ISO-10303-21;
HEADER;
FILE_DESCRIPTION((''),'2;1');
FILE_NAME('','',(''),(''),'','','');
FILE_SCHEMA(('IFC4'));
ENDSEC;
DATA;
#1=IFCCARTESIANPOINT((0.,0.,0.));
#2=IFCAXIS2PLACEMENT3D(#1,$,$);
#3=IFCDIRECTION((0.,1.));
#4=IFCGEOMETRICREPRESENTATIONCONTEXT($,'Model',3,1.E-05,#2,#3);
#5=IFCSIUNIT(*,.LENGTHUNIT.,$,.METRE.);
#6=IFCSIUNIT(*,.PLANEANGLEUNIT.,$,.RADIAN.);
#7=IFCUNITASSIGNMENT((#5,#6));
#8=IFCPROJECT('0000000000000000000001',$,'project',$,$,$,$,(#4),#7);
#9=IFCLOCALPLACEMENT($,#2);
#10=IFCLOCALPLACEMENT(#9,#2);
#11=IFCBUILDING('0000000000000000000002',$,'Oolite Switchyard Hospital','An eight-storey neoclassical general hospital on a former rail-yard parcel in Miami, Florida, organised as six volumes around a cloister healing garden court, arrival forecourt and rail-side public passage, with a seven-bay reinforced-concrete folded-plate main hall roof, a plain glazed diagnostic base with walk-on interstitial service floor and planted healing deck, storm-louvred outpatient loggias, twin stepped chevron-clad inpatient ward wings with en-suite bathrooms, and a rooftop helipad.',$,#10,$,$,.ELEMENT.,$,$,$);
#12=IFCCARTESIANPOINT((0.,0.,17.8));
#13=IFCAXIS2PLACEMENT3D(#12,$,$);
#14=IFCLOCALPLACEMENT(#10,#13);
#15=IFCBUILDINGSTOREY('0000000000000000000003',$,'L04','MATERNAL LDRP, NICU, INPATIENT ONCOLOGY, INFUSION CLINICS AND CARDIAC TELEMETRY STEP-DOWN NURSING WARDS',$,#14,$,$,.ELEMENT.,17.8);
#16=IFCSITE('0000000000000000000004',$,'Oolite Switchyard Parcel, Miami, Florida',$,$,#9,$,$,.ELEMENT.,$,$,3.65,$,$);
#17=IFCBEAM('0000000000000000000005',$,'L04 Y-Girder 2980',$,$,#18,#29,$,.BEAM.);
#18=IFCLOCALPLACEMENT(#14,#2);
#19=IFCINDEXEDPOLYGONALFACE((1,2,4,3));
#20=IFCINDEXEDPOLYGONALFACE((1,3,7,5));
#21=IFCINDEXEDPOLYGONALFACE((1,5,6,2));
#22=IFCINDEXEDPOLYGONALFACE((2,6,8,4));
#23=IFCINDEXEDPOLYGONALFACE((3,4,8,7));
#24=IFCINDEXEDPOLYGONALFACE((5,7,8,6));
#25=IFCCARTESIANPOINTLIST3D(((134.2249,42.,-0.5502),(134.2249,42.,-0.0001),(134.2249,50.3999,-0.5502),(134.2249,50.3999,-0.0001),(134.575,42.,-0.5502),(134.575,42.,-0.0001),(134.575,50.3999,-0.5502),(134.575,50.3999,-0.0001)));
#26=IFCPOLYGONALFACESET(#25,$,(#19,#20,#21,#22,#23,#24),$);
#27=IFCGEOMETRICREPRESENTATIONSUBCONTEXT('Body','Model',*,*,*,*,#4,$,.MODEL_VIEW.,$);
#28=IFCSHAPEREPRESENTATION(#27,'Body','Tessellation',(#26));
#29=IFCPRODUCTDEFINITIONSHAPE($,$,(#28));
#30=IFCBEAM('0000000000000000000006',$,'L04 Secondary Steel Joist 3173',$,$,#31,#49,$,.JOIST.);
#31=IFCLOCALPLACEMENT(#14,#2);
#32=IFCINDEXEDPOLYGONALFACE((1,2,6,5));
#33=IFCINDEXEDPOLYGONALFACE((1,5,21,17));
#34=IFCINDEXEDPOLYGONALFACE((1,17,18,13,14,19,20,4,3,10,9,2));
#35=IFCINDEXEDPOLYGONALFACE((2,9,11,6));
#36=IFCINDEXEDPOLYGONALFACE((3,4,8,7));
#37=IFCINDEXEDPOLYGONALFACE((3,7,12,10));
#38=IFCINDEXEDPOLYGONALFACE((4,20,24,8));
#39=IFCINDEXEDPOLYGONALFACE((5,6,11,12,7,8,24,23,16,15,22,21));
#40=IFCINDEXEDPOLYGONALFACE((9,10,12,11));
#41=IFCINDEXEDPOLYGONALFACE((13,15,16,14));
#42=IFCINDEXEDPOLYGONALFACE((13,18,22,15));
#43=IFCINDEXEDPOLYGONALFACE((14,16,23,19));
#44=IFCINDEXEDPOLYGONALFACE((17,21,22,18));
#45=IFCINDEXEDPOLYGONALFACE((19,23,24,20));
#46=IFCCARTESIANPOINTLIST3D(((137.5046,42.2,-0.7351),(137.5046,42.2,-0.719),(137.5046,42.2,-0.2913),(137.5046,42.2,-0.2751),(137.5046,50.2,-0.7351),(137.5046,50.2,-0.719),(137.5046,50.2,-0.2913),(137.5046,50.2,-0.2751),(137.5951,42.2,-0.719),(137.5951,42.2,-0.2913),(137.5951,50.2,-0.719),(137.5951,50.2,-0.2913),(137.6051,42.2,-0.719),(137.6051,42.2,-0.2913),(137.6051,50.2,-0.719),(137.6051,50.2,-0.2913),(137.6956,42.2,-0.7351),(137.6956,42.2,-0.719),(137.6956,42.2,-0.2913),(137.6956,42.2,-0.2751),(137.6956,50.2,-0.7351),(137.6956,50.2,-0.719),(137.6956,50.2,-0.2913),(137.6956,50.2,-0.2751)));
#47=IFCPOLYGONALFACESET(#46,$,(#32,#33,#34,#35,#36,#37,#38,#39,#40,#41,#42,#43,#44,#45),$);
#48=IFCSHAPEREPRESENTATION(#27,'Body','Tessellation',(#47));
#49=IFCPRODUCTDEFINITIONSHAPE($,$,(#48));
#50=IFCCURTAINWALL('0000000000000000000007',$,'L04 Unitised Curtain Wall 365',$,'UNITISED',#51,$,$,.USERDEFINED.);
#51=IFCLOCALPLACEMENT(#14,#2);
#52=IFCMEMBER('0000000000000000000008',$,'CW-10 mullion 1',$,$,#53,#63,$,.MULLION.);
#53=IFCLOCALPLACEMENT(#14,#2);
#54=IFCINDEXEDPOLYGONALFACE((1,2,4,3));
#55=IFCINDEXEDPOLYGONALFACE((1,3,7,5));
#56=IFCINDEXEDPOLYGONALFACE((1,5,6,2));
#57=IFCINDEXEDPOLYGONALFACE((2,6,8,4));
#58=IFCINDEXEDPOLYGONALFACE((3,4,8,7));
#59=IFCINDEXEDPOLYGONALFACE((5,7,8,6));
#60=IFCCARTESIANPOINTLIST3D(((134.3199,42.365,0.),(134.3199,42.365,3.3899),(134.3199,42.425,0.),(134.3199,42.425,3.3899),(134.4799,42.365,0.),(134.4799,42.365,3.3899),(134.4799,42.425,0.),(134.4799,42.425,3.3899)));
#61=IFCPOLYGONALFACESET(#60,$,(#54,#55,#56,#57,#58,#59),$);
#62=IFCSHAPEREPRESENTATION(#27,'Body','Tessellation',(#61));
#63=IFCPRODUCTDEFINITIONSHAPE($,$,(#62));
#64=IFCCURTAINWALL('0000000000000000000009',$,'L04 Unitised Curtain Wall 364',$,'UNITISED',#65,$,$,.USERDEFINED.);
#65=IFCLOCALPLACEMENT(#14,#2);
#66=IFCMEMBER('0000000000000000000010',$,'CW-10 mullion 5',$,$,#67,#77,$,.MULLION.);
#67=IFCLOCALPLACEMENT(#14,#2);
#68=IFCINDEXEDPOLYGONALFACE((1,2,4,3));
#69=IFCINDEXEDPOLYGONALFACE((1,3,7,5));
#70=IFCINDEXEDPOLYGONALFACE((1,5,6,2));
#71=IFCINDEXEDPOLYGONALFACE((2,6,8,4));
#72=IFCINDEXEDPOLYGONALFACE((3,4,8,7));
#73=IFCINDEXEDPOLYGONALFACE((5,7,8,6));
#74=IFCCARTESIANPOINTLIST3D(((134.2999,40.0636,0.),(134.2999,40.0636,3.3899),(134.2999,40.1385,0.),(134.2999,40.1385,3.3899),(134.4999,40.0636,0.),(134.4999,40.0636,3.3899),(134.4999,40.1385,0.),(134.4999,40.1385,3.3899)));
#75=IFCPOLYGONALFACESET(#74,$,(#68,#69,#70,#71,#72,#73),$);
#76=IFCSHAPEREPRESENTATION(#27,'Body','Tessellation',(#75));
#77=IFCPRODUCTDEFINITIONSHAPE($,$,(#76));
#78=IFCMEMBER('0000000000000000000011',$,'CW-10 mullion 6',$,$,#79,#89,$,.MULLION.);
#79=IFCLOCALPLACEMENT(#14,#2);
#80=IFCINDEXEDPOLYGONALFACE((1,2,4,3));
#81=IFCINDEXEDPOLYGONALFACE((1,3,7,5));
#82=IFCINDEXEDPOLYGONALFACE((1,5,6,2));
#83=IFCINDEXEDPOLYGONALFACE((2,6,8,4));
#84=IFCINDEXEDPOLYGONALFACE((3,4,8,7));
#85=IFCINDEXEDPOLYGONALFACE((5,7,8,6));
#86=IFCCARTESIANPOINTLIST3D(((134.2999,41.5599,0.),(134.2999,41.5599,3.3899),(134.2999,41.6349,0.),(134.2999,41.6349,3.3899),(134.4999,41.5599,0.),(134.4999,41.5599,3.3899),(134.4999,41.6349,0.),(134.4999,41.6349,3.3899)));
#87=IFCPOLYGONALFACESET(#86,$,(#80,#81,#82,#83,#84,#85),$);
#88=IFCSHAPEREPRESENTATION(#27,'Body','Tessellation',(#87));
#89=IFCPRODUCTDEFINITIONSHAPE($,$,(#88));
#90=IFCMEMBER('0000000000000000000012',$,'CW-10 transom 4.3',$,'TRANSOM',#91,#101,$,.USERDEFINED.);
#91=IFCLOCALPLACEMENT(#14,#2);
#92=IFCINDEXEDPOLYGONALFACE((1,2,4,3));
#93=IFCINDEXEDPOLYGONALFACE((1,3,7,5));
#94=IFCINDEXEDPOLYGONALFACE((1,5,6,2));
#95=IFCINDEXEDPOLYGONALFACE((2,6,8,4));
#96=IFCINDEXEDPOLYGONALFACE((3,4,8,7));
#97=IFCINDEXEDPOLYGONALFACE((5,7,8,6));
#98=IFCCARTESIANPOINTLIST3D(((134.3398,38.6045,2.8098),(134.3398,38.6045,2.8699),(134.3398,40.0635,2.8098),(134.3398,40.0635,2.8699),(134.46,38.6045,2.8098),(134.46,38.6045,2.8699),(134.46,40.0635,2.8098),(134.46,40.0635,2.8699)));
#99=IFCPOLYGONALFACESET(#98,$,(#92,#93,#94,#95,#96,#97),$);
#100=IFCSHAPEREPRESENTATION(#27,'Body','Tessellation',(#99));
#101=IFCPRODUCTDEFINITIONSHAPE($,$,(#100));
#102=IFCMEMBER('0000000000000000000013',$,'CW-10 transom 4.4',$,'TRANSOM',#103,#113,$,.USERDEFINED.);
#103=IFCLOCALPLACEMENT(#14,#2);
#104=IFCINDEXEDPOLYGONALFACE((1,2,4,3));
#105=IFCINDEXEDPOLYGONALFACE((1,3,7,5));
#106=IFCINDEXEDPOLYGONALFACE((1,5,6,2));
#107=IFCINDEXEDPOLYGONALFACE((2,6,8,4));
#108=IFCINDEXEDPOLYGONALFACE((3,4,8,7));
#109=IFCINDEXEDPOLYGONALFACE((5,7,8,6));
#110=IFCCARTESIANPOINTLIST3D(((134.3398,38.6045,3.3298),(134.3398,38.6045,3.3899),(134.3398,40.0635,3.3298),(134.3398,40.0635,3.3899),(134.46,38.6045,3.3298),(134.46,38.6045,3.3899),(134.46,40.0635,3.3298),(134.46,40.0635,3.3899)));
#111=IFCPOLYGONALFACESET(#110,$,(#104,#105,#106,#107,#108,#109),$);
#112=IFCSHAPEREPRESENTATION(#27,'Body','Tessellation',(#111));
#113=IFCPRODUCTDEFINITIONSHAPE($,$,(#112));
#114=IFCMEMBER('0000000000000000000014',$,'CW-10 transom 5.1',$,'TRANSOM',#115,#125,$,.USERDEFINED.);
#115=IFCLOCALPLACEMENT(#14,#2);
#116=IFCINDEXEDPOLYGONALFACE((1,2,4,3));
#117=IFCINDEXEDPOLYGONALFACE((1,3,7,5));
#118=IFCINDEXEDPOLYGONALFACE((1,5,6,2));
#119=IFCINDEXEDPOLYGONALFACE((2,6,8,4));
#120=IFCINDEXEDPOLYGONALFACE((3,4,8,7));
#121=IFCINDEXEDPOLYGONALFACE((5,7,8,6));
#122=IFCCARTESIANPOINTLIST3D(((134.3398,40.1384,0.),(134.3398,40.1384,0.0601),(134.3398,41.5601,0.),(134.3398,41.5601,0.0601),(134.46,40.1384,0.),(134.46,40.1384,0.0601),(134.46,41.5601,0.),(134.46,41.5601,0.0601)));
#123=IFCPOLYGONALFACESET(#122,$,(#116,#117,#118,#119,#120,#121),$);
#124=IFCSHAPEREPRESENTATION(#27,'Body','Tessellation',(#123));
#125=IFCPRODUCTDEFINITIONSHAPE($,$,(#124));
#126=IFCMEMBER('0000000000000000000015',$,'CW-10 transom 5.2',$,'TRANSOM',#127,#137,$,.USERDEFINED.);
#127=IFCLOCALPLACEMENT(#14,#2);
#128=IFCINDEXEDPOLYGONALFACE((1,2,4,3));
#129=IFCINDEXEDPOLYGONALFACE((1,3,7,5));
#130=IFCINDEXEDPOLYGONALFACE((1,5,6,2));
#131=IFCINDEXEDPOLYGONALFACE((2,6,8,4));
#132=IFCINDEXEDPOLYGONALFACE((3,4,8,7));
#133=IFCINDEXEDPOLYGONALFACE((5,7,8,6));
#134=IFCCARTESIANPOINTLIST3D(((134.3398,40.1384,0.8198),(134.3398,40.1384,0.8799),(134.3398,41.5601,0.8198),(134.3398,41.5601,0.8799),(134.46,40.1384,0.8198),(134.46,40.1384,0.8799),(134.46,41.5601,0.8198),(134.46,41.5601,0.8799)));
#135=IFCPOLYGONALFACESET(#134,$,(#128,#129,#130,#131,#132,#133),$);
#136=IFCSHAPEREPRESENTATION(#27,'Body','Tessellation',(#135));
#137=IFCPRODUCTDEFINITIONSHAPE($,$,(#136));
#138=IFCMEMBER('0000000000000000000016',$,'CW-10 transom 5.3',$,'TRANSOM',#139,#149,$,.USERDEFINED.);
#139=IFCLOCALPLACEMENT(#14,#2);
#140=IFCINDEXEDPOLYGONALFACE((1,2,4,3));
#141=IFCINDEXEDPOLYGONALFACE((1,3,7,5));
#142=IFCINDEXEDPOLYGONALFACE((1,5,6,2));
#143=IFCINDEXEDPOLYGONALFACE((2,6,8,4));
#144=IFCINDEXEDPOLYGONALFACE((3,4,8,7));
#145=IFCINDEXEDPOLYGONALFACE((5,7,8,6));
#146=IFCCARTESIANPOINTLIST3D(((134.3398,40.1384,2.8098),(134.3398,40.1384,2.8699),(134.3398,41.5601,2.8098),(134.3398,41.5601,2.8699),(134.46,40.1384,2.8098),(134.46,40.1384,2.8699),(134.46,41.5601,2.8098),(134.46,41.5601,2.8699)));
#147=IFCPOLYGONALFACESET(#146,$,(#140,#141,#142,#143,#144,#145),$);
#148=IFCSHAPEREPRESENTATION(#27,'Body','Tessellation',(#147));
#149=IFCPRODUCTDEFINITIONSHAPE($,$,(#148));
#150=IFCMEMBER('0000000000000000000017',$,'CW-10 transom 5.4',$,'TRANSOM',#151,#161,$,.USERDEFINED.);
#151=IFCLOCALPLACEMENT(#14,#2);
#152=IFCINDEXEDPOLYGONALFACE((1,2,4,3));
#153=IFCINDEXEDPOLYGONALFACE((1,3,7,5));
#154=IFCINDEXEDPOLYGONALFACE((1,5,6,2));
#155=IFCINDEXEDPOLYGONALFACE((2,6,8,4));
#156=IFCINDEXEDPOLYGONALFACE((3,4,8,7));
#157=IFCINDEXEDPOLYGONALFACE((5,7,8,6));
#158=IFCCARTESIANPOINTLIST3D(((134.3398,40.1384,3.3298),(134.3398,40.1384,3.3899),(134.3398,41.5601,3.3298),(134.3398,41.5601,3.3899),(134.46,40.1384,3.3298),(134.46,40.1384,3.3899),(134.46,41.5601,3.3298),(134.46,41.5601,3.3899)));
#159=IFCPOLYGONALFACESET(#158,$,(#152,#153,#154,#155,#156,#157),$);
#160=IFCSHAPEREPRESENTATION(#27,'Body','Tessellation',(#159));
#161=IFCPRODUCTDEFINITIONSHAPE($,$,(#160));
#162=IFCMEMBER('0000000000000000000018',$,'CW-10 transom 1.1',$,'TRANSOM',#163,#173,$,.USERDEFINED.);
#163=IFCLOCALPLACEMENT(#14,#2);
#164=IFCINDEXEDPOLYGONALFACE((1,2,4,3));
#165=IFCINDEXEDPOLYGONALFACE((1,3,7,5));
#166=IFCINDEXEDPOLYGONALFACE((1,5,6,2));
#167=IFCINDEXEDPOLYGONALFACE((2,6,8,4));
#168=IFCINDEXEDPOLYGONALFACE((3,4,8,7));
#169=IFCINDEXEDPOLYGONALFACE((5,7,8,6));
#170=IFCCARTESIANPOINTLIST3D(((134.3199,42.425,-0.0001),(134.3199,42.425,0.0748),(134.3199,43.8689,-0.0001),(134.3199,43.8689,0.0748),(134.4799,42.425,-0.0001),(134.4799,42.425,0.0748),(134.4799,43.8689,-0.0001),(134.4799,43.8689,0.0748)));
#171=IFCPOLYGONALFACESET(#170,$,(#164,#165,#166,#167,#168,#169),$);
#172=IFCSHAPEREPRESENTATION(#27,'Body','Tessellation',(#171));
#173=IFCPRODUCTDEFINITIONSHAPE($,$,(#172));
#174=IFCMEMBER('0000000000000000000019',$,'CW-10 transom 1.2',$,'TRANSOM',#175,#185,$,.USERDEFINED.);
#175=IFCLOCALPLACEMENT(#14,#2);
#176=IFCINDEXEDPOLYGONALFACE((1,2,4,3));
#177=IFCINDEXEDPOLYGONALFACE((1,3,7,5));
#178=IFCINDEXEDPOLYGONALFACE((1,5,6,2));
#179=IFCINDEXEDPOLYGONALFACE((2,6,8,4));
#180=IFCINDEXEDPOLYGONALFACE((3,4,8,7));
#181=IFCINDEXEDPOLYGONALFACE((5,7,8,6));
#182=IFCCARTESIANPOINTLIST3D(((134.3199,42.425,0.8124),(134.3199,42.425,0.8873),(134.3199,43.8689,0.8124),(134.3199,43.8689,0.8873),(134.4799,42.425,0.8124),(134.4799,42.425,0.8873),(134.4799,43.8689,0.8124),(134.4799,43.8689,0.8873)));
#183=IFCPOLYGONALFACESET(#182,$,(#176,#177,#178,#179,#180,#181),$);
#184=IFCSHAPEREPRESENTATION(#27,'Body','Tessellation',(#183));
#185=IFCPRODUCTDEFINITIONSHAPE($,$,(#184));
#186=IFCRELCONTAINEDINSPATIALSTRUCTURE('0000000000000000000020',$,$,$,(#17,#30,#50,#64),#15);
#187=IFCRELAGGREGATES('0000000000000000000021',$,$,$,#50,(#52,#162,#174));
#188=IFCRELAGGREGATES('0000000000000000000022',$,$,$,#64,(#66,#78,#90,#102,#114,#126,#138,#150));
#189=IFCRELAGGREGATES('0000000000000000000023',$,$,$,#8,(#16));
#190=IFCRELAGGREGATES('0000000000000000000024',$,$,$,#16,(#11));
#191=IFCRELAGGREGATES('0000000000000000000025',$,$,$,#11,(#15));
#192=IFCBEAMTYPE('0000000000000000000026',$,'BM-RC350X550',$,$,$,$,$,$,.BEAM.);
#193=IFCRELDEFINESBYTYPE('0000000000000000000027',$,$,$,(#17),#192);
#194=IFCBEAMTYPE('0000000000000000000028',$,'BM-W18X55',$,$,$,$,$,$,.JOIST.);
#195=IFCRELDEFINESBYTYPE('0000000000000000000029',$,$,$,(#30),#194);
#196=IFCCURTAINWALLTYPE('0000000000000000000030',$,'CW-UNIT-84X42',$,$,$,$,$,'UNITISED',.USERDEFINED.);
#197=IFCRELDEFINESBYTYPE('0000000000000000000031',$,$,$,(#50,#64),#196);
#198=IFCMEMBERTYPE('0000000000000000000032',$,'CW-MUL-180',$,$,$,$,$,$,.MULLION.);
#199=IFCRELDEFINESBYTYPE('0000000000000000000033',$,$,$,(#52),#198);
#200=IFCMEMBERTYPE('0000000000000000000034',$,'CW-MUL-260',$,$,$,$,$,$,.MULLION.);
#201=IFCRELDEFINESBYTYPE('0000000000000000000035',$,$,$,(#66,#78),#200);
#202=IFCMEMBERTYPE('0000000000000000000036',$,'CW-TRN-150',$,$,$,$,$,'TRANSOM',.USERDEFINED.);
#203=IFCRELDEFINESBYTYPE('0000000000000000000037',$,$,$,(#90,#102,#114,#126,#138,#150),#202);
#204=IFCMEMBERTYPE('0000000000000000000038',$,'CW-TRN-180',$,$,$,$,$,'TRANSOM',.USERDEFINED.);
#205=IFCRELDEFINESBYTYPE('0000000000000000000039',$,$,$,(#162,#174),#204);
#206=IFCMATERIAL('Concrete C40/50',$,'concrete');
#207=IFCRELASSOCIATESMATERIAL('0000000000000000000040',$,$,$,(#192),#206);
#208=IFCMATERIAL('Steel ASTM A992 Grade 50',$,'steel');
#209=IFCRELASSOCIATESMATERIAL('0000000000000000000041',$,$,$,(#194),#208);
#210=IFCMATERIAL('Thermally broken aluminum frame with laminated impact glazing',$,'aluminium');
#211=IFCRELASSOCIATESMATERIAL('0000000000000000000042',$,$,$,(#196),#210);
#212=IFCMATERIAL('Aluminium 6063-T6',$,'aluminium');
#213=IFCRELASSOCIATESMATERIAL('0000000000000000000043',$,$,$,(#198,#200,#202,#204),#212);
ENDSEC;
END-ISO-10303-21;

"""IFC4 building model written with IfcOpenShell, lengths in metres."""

from ifc_helpers import new_model, si_unit, direction, frame, origin, origin_2d, place, context, subcontext, project, spatial, rectangle, i_section, extrude, material, material_profile, profile_set, type_object, element, aggregate, save


model = new_model("IFC4")

# Units and contexts
model_context = context("Model", 3, precision=1e-05, world=origin(), true_north=direction((0.0, 1.0)))
body_context = subcontext(model_context, "Body", "Model", "MODEL_VIEW")
ifc_project = project(units=[si_unit("LENGTHUNIT", "METRE"), si_unit("PLANEANGLEUNIT", "RADIAN")], contexts=[model_context])

# Site, building, storey
site_placement = place(None, origin())
site = spatial("IfcSite", under=ifc_project, at=site_placement, Name="Oolite Switchyard Parcel, Miami, Florida", CompositionType="ELEMENT", RefElevation=3.65)
building_placement = place(site_placement, origin())
building = spatial("IfcBuilding", under=site, at=building_placement, Name="Oolite Switchyard Hospital", Description="An eight-storey neoclassical general hospital on a former rail-yard parcel in Miami, Florida, organised as six volumes around a cloister healing garden court, arrival forecourt and rail-side public passage, with a seven-bay reinforced-concrete folded-plate main hall roof, a plain glazed diagnostic base with walk-on interstitial service floor and planted healing deck, storm-louvred outpatient loggias, twin stepped chevron-clad inpatient ward wings with en-suite bathrooms, and a rooftop helipad.", CompositionType="ELEMENT")
storey_placement = place(building_placement, frame((0.0, 0.0, 17.8)))
storey = spatial("IfcBuildingStorey", under=building, at=storey_placement, Name="L04", Description="MATERNAL LDRP, NICU, INPATIENT ONCOLOGY, INFUSION CLINICS AND CARDIAC TELEMETRY STEP-DOWN NURSING WARDS", CompositionType="ELEMENT", Elevation=17.8)

# Beams
ifc_material_1 = material(Name="Concrete C40/50", Category="concrete")
ifc_material_profile_1 = material_profile(ifc_material_1, rectangle(XDim=0.3501, YDim=0.55, at=origin_2d()), Name="RCB350X550")
ifc_profile_set_1 = profile_set([ifc_material_profile_1], Name="Concrete C40/50")
beam_type_1 = type_object("IfcBeamType", Name="BM-RC350X550", PredefinedType="BEAM", material=ifc_profile_set_1)
beam_1_placement = place(storey_placement, frame((134.3999, 42.0, -0.2751), z_axis=(0.0, 1.0, 0.0), x_axis=(-1.0, 0.0, 0.0)))
element("IfcBeam", 1, at=beam_1_placement, inside=storey, type_object=beam_type_1, Name="L04 Y-Girder 2980", PredefinedType="BEAM", context=body_context, shape_type="SweptSolid", body=[
    extrude(rectangle(XDim=0.3501, YDim=0.55, at=origin_2d()), origin(), (0.0, 0.0, 1.0), 8.3999),
])
ifc_material_2 = material(Name="Steel ASTM A992 Grade 50", Category="steel")
ifc_material_profile_2 = material_profile(ifc_material_2, i_section(OverallWidth=0.1909, OverallDepth=0.46, WebThickness=0.01, FlangeThickness=0.0161, at=origin_2d()), Name="W18X55")
ifc_profile_set_2 = profile_set([ifc_material_profile_2], Name="Steel ASTM A992 Grade 50")
beam_type_2 = type_object("IfcBeamType", Name="BM-W18X55", PredefinedType="JOIST", material=ifc_profile_set_2)
beam_2_placement = place(storey_placement, frame((137.6001, 42.2, -0.5051), z_axis=(0.0, 1.0, 0.0), x_axis=(-1.0, 0.0, 0.0)))
element("IfcBeam", 2, at=beam_2_placement, inside=storey, type_object=beam_type_2, Name="L04 Secondary Steel Joist 3173", PredefinedType="JOIST", context=body_context, shape_type="SweptSolid", body=[
    extrude(i_section(OverallWidth=0.1909, OverallDepth=0.46, WebThickness=0.01, FlangeThickness=0.0161, at=origin_2d()), origin(), (0.0, 0.0, 1.0), 8.0),
])

# Curtain wall, member
ifc_material_3 = material(Name="Thermally broken aluminum frame with laminated impact glazing", Category="aluminium")
curtain_wall_type = type_object("IfcCurtainWallType", Name="CW-UNIT-84X42", ElementType="UNITISED", PredefinedType="USERDEFINED", material=ifc_material_3)
curtain_wall_1_placement = place(storey_placement, origin())
curtain_wall_1 = element("IfcCurtainWall", 3, at=curtain_wall_1_placement, inside=storey, type_object=curtain_wall_type, Name="L04 Unitised Curtain Wall 365", ObjectType="UNITISED", PredefinedType="USERDEFINED")
ifc_material_4 = material(Name="Aluminium 6063-T6", Category="aluminium")
ifc_material_profile_3 = material_profile(ifc_material_4, rectangle(XDim=0.1599, YDim=0.0601, at=origin_2d()), Name="CWM60X160")
ifc_profile_set_3 = profile_set([ifc_material_profile_3], Name="Aluminium 6063-T6")
member_type_1 = type_object("IfcMemberType", Name="CW-MUL-180", PredefinedType="MULLION", material=ifc_profile_set_3)
member_1_placement = place(storey_placement, frame((134.3999, 42.395, 0.0), z_axis=(0.0, 0.0, 1.0), x_axis=(-1.0, 0.0, 0.0)))
member_1 = element("IfcMember", 4, at=member_1_placement, type_object=member_type_1, Name="CW-10 mullion 1", PredefinedType="MULLION", context=body_context, shape_type="SweptSolid", body=[
    extrude(rectangle(XDim=0.1599, YDim=0.0601, at=origin_2d()), origin(), (0.0, 0.0, 1.0), 3.3899),
])

# Curtain wall, members
curtain_wall_2_placement = place(storey_placement, origin())
curtain_wall_2 = element("IfcCurtainWall", 5, at=curtain_wall_2_placement, inside=storey, type_object=curtain_wall_type, Name="L04 Unitised Curtain Wall 364", ObjectType="UNITISED", PredefinedType="USERDEFINED")
ifc_material_profile_4 = material_profile(ifc_material_4, rectangle(XDim=0.2, YDim=0.075, at=origin_2d()), Name="CWM75X200")
ifc_profile_set_4 = profile_set([ifc_material_profile_4], Name="Aluminium 6063-T6")
member_type_2 = type_object("IfcMemberType", Name="CW-MUL-260", PredefinedType="MULLION", material=ifc_profile_set_4)
member_2_placement = place(storey_placement, frame((134.3999, 40.1011, 0.0), z_axis=(0.0, 0.0, 1.0), x_axis=(-1.0, 0.0, 0.0)))
member_2 = element("IfcMember", 6, at=member_2_placement, type_object=member_type_2, Name="CW-10 mullion 5", PredefinedType="MULLION", context=body_context, shape_type="SweptSolid", body=[
    extrude(rectangle(XDim=0.2, YDim=0.075, at=origin_2d()), origin(), (0.0, 0.0, 1.0), 3.3899),
])
member_3_placement = place(storey_placement, frame((134.3999, 41.5974, 0.0), z_axis=(0.0, 0.0, 1.0), x_axis=(-1.0, 0.0, 0.0)))
member_3 = element("IfcMember", 7, at=member_3_placement, type_object=member_type_2, Name="CW-10 mullion 6", PredefinedType="MULLION", context=body_context, shape_type="SweptSolid", body=[
    extrude(rectangle(XDim=0.2, YDim=0.075, at=origin_2d()), origin(), (0.0, 0.0, 1.0), 3.3899),
])
ifc_material_profile_5 = material_profile(ifc_material_4, rectangle(XDim=0.1201, YDim=0.0601, at=origin_2d()), Name="CWT60X120")
ifc_profile_set_5 = profile_set([ifc_material_profile_5], Name="Aluminium 6063-T6")
member_type_3 = type_object("IfcMemberType", Name="CW-TRN-150", ElementType="TRANSOM", PredefinedType="USERDEFINED", material=ifc_profile_set_5)
member_4_placement = place(storey_placement, frame((134.3999, 38.6045, 2.8398), z_axis=(0.0, 1.0, 0.0), x_axis=(-1.0, 0.0, 0.0)))
member_4 = element("IfcMember", 8, at=member_4_placement, type_object=member_type_3, Name="CW-10 transom 4.3", ObjectType="TRANSOM", PredefinedType="USERDEFINED", context=body_context, shape_type="SweptSolid", body=[
    extrude(rectangle(XDim=0.1201, YDim=0.0601, at=origin_2d()), origin(), (0.0, 0.0, 1.0), 1.459),
])
member_5_placement = place(storey_placement, frame((134.3999, 38.6045, 3.3599), z_axis=(0.0, 1.0, 0.0), x_axis=(-1.0, 0.0, 0.0)))
member_5 = element("IfcMember", 9, at=member_5_placement, type_object=member_type_3, Name="CW-10 transom 4.4", ObjectType="TRANSOM", PredefinedType="USERDEFINED", context=body_context, shape_type="SweptSolid", body=[
    extrude(rectangle(XDim=0.1201, YDim=0.0601, at=origin_2d()), origin(), (0.0, 0.0, 1.0), 1.459),
])
member_6_placement = place(storey_placement, frame((134.3999, 40.1384, 0.03), z_axis=(0.0, 1.0, 0.0), x_axis=(-1.0, 0.0, 0.0)))
member_6 = element("IfcMember", 10, at=member_6_placement, type_object=member_type_3, Name="CW-10 transom 5.1", ObjectType="TRANSOM", PredefinedType="USERDEFINED", context=body_context, shape_type="SweptSolid", body=[
    extrude(rectangle(XDim=0.1201, YDim=0.0601, at=origin_2d()), origin(), (0.0, 0.0, 1.0), 1.4216),
])
member_7_placement = place(storey_placement, frame((134.3999, 40.1384, 0.8499), z_axis=(0.0, 1.0, 0.0), x_axis=(-1.0, 0.0, 0.0)))
member_7 = element("IfcMember", 11, at=member_7_placement, type_object=member_type_3, Name="CW-10 transom 5.2", ObjectType="TRANSOM", PredefinedType="USERDEFINED", context=body_context, shape_type="SweptSolid", body=[
    extrude(rectangle(XDim=0.1201, YDim=0.0601, at=origin_2d()), origin(), (0.0, 0.0, 1.0), 1.4216),
])
member_8_placement = place(storey_placement, frame((134.3999, 40.1384, 2.8398), z_axis=(0.0, 1.0, 0.0), x_axis=(-1.0, 0.0, 0.0)))
member_8 = element("IfcMember", 12, at=member_8_placement, type_object=member_type_3, Name="CW-10 transom 5.3", ObjectType="TRANSOM", PredefinedType="USERDEFINED", context=body_context, shape_type="SweptSolid", body=[
    extrude(rectangle(XDim=0.1201, YDim=0.0601, at=origin_2d()), origin(), (0.0, 0.0, 1.0), 1.4216),
])
member_9_placement = place(storey_placement, frame((134.3999, 40.1384, 3.3599), z_axis=(0.0, 1.0, 0.0), x_axis=(-1.0, 0.0, 0.0)))
member_9 = element("IfcMember", 13, at=member_9_placement, type_object=member_type_3, Name="CW-10 transom 5.4", ObjectType="TRANSOM", PredefinedType="USERDEFINED", context=body_context, shape_type="SweptSolid", body=[
    extrude(rectangle(XDim=0.1201, YDim=0.0601, at=origin_2d()), origin(), (0.0, 0.0, 1.0), 1.4216),
])

# Members
ifc_material_profile_6 = material_profile(ifc_material_4, rectangle(XDim=0.1599, YDim=0.075, at=origin_2d()), Name="CWT75X160")
ifc_profile_set_6 = profile_set([ifc_material_profile_6], Name="Aluminium 6063-T6")
member_type_4 = type_object("IfcMemberType", Name="CW-TRN-180", ElementType="TRANSOM", PredefinedType="USERDEFINED", material=ifc_profile_set_6)
member_10_placement = place(storey_placement, frame((134.3999, 42.425, 0.0374), z_axis=(0.0, 1.0, 0.0), x_axis=(-1.0, 0.0, 0.0)))
member_10 = element("IfcMember", 14, at=member_10_placement, type_object=member_type_4, Name="CW-10 transom 1.1", ObjectType="TRANSOM", PredefinedType="USERDEFINED", context=body_context, shape_type="SweptSolid", body=[
    extrude(rectangle(XDim=0.1599, YDim=0.075, at=origin_2d()), origin(), (0.0, 0.0, 1.0), 1.4438),
])
member_11_placement = place(storey_placement, frame((134.3999, 42.425, 0.8499), z_axis=(0.0, 1.0, 0.0), x_axis=(-1.0, 0.0, 0.0)))
member_11 = element("IfcMember", 15, at=member_11_placement, type_object=member_type_4, Name="CW-10 transom 1.2", ObjectType="TRANSOM", PredefinedType="USERDEFINED", context=body_context, shape_type="SweptSolid", body=[
    extrude(rectangle(XDim=0.1599, YDim=0.075, at=origin_2d()), origin(), (0.0, 0.0, 1.0), 1.4438),
])
aggregate(curtain_wall_1, [member_1, member_10, member_11])

aggregate(curtain_wall_2, [member_2, member_3, member_4, member_5, member_6, member_7, member_8, member_9])

save(model, "model.ifc")
